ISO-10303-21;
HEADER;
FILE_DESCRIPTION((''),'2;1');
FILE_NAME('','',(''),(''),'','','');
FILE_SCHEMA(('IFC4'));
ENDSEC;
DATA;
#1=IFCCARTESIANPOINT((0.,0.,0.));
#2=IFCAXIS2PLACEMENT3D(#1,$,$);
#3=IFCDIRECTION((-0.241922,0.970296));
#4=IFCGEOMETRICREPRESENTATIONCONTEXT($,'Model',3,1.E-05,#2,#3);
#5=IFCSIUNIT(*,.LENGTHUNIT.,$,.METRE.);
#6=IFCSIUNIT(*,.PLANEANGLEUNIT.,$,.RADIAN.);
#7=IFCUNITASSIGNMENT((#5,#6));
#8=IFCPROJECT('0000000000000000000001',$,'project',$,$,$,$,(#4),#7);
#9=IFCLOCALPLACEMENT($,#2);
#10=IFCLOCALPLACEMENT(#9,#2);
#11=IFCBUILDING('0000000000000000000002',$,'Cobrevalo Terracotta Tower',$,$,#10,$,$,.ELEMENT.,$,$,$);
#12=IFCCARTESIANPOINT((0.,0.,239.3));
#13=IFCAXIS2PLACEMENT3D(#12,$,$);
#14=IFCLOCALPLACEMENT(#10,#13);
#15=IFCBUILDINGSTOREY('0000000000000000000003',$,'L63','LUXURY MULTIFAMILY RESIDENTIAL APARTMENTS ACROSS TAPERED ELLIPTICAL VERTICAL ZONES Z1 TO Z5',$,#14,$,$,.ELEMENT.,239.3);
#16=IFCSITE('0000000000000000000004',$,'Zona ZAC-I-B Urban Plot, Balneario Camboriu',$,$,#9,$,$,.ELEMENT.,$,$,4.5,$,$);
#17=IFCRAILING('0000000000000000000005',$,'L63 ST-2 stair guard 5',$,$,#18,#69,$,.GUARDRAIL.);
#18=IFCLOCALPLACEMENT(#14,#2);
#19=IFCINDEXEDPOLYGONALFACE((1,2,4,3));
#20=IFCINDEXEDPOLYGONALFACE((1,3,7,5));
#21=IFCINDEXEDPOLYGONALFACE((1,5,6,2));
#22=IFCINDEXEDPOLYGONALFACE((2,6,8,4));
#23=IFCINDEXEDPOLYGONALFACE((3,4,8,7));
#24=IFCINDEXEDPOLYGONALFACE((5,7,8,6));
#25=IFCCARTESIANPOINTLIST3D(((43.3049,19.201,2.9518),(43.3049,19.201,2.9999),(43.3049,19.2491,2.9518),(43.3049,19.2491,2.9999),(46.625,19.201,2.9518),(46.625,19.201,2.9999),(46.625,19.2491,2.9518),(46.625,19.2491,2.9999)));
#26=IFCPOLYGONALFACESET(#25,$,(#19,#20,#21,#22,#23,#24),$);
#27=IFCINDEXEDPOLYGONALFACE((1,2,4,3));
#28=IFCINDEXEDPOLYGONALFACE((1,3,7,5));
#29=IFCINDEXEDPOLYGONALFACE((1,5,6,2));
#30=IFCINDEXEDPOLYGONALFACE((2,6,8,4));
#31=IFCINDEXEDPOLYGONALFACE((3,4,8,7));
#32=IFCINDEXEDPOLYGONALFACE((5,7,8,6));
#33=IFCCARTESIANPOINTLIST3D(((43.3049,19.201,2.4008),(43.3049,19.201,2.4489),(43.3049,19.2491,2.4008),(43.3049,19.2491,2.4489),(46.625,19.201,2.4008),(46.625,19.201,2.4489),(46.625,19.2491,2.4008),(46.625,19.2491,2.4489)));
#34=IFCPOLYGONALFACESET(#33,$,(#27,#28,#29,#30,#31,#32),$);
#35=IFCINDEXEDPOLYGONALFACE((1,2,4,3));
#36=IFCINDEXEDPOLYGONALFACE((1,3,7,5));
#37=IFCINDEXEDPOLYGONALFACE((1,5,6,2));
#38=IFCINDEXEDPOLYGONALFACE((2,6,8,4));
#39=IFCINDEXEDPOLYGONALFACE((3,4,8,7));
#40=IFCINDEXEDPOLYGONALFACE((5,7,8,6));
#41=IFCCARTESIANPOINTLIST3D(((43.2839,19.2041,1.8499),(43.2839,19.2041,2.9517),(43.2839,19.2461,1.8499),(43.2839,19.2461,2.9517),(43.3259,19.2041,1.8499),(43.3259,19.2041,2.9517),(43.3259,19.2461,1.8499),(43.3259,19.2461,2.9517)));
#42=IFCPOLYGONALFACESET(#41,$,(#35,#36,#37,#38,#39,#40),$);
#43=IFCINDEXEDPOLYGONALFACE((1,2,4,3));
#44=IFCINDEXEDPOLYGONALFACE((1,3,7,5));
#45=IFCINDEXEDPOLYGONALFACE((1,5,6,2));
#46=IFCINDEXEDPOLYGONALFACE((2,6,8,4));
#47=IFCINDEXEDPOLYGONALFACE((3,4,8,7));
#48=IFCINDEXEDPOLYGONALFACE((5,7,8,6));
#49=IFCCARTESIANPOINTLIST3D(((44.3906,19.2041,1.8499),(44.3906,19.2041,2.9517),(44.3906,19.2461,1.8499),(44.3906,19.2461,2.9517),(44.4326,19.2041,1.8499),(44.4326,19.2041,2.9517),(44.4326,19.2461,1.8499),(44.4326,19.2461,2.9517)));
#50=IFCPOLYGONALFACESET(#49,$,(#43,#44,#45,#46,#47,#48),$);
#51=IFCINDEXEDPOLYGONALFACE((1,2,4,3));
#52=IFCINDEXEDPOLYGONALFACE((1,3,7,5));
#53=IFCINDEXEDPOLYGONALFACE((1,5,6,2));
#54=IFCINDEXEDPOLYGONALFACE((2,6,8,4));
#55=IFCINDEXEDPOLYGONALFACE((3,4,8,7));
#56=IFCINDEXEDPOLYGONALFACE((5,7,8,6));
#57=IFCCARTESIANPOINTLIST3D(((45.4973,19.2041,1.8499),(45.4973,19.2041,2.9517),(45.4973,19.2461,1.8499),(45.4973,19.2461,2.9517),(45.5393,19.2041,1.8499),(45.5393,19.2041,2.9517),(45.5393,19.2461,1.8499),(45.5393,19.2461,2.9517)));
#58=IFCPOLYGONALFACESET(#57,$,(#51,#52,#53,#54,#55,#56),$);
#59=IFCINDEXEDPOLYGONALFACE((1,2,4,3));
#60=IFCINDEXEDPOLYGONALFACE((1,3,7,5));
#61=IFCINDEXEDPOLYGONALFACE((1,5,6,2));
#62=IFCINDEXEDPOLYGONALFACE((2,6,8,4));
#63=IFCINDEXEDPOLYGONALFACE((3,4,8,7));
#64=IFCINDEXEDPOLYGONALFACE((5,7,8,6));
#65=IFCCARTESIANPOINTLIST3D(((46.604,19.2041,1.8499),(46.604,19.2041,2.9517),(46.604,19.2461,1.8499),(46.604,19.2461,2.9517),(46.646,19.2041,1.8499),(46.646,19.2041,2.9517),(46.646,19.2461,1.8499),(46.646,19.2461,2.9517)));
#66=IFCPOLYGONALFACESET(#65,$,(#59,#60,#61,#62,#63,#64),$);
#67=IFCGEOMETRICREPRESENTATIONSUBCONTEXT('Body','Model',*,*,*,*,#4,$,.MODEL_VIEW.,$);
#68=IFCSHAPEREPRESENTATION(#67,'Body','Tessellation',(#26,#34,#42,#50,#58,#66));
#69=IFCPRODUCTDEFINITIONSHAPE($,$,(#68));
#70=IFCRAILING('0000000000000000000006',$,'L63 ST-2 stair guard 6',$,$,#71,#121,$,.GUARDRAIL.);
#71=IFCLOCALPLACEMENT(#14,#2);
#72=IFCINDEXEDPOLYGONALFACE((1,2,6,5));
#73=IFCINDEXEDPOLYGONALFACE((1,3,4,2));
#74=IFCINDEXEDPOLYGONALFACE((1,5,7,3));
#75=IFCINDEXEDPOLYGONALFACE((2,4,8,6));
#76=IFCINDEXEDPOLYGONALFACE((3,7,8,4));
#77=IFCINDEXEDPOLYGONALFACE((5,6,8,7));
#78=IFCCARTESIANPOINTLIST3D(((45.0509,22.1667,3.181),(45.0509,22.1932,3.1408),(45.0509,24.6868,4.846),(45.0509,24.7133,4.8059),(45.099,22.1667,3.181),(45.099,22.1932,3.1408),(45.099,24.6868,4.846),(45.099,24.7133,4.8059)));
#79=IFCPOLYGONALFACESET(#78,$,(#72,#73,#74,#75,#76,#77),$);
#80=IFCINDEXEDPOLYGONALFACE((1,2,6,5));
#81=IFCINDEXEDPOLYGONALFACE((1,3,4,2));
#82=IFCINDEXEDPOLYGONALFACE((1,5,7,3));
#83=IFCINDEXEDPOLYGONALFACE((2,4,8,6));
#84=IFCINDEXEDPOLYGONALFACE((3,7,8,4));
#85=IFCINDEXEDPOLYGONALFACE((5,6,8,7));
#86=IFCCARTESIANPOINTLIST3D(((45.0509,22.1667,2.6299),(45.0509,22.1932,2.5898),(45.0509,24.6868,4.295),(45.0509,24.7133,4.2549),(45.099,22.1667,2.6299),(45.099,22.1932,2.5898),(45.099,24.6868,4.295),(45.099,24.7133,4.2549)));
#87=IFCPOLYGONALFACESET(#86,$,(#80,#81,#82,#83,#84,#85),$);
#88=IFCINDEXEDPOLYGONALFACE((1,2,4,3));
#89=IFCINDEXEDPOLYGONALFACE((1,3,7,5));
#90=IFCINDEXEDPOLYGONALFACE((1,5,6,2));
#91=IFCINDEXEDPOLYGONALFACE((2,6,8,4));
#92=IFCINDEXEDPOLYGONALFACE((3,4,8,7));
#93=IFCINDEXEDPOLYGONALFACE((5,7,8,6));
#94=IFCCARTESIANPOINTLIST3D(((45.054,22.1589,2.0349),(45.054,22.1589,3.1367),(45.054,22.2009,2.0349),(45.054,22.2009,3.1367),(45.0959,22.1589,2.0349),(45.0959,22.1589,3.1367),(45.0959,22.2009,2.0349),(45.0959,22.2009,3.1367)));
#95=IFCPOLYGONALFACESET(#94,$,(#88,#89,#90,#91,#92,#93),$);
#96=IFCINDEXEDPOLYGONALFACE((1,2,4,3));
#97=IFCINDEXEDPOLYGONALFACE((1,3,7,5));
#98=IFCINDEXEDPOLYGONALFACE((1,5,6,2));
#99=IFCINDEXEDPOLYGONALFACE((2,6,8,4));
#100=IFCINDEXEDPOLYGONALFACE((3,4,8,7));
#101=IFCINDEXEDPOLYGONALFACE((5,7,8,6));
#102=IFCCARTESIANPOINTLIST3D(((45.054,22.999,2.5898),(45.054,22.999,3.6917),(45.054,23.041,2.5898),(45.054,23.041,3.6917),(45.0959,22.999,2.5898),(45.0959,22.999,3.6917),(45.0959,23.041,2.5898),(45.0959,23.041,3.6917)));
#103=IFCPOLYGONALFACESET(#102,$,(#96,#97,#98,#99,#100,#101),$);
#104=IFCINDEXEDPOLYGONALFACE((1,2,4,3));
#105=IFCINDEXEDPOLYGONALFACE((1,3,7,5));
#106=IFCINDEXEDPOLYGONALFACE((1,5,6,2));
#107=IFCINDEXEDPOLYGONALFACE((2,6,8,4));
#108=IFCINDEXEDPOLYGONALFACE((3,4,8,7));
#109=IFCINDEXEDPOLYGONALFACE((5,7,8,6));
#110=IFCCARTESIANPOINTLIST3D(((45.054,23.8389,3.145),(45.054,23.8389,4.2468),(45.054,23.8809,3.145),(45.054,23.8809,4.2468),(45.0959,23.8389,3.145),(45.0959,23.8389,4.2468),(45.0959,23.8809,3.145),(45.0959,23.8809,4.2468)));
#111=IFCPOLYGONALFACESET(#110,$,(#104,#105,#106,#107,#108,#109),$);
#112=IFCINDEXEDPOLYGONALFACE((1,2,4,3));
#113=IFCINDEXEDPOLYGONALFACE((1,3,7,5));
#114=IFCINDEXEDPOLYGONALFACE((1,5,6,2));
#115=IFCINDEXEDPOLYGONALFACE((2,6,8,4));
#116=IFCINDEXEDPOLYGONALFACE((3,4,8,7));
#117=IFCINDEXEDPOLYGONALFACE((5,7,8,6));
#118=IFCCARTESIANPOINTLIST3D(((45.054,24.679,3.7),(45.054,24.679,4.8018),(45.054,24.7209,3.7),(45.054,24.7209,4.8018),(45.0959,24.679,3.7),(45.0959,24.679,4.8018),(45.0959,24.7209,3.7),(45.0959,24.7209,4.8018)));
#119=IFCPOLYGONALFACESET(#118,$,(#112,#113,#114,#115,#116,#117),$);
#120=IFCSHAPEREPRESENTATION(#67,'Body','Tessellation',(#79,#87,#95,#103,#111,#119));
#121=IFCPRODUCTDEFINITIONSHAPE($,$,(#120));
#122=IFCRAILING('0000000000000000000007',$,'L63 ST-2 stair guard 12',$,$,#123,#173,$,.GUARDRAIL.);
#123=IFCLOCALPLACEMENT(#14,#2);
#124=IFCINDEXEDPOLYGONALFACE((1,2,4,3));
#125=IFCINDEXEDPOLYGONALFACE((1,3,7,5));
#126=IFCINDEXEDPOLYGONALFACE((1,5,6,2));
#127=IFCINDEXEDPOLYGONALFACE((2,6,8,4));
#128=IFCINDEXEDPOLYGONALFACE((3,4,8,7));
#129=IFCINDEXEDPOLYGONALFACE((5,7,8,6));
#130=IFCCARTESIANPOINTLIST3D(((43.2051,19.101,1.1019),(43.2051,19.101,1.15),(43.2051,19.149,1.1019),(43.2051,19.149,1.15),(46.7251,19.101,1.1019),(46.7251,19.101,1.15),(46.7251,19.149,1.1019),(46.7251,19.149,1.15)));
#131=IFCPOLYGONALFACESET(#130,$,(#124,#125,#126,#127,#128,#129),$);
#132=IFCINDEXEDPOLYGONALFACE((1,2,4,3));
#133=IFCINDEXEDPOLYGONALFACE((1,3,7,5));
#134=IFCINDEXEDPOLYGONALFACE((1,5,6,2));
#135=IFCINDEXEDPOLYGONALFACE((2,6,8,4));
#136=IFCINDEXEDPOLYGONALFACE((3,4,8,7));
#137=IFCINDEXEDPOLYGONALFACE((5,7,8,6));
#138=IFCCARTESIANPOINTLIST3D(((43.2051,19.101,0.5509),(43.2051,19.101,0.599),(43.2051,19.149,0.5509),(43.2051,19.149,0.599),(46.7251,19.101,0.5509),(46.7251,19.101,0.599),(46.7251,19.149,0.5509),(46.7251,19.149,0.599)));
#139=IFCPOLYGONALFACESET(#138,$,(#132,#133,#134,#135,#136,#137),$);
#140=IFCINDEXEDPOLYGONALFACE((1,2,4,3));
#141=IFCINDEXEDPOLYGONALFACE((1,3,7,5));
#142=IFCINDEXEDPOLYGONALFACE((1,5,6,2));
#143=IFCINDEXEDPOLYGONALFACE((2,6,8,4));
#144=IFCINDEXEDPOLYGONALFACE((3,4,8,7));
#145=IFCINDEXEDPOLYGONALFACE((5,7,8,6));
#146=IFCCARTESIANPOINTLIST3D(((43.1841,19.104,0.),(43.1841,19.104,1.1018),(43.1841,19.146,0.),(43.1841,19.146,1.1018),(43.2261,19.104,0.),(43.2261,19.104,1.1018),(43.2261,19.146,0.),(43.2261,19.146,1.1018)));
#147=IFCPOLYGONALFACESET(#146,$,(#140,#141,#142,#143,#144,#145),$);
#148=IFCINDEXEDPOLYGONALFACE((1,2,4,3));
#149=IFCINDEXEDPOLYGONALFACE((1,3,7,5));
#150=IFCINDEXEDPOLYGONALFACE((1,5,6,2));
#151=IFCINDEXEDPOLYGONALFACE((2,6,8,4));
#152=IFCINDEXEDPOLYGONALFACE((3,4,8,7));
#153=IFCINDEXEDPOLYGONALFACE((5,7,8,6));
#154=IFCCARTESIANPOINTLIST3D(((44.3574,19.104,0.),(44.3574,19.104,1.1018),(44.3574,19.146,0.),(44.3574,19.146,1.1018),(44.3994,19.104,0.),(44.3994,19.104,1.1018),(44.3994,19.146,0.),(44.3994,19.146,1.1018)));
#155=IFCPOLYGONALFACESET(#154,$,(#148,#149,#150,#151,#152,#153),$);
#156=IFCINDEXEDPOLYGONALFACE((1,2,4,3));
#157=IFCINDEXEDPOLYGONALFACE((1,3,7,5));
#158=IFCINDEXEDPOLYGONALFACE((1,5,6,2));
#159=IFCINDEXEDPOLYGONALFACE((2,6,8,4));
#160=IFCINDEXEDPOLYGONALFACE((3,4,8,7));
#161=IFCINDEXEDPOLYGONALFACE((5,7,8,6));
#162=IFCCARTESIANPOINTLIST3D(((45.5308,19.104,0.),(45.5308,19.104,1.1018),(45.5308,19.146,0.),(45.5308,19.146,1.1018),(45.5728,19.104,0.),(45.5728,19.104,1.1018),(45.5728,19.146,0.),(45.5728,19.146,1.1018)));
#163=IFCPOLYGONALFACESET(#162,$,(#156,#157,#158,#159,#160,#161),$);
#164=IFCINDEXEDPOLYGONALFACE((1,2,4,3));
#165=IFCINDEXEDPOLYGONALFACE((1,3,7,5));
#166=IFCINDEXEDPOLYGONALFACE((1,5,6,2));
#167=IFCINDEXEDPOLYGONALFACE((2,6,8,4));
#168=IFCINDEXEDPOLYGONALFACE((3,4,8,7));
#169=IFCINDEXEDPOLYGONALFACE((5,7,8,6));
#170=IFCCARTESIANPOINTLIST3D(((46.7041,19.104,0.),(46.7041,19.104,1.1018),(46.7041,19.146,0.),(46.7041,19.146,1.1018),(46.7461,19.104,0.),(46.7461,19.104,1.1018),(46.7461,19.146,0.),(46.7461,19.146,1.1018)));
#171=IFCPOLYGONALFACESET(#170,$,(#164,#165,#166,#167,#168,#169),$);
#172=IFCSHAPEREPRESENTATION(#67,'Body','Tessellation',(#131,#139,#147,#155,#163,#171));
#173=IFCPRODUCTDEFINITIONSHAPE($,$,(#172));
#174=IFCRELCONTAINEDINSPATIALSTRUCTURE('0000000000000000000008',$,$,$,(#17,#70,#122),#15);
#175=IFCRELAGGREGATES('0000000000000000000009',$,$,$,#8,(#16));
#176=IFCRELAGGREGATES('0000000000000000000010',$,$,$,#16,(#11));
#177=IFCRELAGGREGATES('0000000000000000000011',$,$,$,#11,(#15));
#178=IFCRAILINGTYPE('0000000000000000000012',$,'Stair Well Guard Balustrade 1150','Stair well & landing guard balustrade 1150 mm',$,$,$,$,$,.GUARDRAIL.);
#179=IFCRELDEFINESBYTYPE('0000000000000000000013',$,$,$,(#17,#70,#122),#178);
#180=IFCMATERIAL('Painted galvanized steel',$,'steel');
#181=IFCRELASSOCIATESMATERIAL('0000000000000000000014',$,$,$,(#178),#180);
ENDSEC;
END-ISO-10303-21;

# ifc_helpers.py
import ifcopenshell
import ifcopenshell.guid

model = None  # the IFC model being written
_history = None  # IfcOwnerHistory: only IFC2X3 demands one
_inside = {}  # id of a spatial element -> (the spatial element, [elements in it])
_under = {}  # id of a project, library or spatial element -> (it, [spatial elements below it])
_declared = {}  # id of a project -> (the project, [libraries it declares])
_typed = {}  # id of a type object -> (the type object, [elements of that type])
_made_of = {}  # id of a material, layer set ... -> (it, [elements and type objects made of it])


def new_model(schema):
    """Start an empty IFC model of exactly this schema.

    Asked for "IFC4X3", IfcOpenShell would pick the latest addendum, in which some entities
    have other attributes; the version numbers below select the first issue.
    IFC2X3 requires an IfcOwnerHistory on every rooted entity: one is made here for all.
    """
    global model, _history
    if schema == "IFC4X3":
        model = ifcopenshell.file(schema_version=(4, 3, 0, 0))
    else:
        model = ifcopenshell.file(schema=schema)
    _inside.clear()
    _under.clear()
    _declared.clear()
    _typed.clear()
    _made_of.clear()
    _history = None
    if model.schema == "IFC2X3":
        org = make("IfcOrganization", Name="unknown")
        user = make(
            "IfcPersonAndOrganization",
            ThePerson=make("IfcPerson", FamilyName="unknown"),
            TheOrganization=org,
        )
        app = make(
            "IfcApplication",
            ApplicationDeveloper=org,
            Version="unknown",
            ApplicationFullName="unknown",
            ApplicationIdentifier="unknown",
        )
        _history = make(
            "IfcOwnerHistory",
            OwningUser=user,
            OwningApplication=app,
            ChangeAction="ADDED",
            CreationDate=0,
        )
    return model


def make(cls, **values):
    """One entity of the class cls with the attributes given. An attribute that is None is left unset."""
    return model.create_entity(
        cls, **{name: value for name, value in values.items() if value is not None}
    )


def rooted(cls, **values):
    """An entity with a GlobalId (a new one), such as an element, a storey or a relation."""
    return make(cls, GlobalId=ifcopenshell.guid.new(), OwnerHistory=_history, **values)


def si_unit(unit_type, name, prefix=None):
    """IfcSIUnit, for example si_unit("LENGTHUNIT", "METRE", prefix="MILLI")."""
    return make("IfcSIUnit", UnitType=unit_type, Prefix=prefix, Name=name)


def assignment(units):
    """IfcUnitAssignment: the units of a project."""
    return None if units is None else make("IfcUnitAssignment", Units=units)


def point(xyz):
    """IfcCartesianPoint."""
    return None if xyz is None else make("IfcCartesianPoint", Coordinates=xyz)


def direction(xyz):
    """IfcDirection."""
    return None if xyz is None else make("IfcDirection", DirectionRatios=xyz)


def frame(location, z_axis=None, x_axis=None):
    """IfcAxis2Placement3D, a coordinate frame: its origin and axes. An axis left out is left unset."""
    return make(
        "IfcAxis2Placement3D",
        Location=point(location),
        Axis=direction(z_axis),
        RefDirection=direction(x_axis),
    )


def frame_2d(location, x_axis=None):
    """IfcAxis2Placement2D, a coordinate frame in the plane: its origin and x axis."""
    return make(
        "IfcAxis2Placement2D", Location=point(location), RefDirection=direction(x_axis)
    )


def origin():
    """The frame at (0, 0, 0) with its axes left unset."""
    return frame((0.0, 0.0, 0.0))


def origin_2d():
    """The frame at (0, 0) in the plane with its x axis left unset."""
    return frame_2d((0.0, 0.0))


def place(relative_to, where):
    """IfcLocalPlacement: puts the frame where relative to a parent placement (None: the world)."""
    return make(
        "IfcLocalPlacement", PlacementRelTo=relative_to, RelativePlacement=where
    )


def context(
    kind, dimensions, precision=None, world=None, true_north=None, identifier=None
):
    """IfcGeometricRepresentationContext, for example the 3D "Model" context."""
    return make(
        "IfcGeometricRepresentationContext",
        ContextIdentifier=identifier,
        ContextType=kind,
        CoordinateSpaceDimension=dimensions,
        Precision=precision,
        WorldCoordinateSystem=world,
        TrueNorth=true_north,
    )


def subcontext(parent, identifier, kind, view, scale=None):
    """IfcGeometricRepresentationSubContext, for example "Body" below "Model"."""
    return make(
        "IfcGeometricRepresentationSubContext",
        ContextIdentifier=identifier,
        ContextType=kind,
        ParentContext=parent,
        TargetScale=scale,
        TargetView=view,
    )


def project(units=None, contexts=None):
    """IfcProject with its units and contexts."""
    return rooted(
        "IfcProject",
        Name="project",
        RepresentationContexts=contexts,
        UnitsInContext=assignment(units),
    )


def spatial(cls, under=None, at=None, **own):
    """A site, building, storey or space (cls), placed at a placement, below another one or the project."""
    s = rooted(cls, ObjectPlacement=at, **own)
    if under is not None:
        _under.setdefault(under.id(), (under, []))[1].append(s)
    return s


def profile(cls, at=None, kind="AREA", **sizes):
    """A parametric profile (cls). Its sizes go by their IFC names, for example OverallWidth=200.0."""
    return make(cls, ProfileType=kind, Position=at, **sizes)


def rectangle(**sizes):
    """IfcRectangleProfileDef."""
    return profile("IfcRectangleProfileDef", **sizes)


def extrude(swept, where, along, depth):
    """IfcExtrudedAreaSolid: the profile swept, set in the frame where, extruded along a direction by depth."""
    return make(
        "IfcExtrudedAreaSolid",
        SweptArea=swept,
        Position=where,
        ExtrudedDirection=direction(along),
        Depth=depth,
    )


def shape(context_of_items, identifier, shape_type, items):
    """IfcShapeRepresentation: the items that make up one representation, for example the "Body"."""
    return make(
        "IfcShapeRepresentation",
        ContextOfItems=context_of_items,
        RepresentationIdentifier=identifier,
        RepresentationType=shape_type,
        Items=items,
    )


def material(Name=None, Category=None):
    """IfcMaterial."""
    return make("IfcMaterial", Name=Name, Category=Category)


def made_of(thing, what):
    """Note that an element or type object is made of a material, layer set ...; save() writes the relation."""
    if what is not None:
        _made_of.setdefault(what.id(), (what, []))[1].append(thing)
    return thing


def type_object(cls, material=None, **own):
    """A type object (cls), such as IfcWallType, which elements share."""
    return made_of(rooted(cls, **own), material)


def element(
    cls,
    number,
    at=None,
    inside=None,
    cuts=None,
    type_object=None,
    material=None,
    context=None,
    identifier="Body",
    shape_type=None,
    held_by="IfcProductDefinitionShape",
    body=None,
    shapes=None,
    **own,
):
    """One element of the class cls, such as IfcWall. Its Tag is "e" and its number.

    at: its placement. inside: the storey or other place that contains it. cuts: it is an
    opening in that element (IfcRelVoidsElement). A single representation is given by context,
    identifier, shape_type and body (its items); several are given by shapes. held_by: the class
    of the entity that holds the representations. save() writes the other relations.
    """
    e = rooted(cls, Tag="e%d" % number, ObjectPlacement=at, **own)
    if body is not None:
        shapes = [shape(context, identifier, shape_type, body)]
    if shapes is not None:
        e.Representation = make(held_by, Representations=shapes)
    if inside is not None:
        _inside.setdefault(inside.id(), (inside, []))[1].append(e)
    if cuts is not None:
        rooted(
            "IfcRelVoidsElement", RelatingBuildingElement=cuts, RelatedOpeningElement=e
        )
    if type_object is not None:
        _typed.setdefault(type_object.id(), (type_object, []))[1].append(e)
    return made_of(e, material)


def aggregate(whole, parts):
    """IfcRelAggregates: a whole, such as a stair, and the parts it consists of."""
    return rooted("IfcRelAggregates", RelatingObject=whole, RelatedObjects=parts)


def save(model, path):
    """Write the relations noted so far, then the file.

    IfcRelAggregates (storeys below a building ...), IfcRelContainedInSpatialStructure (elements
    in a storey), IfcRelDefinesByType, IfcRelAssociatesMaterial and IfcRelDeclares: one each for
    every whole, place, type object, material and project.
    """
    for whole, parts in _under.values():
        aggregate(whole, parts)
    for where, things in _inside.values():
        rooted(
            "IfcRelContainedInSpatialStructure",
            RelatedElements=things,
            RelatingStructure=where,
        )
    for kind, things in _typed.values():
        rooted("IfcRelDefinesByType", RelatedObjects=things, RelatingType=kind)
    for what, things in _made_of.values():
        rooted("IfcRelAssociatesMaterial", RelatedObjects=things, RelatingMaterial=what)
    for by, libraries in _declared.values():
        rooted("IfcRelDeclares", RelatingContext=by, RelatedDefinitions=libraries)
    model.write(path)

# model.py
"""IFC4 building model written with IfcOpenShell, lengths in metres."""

from ifc_helpers import new_model, si_unit, direction, frame, origin, origin_2d, place, context, subcontext, project, spatial, rectangle, extrude, material, type_object, element, save


model = new_model("IFC4")

# Units and contexts
model_context = context("Model", 3, precision=1e-05, world=origin(), true_north=direction((-0.241922, 0.970296)))
body_context = subcontext(model_context, "Body", "Model", "MODEL_VIEW")
ifc_project = project(units=[si_unit("LENGTHUNIT", "METRE"), si_unit("PLANEANGLEUNIT", "RADIAN")], contexts=[model_context])

# Site, building, storey
site_placement = place(None, origin())
site = spatial("IfcSite", under=ifc_project, at=site_placement, Name="Zona ZAC-I-B Urban Plot, Balneario Camboriu", CompositionType="ELEMENT", RefElevation=4.5)
building_placement = place(site_placement, origin())
building = spatial("IfcBuilding", under=site, at=building_placement, Name="Cobrevalo Terracotta Tower", CompositionType="ELEMENT")
storey_placement = place(building_placement, frame((0.0, 0.0, 239.3)))
storey = spatial("IfcBuildingStorey", under=building, at=storey_placement, Name="L63", Description="LUXURY MULTIFAMILY RESIDENTIAL APARTMENTS ACROSS TAPERED ELLIPTICAL VERTICAL ZONES Z1 TO Z5", CompositionType="ELEMENT", Elevation=239.3)

# Railings
ifc_material_1 = material(Name="Painted galvanized steel", Category="steel")
railing_type_1 = type_object("IfcRailingType", Name="Stair Well Guard Balustrade 1150", Description="Stair well & landing guard balustrade 1150 mm", PredefinedType="GUARDRAIL", material=ifc_material_1)
railing_1_placement = place(storey_placement, frame((43.3049, 19.2251, 1.8499)))
element("IfcRailing", 1, at=railing_1_placement, inside=storey, type_object=railing_type_1, Name="L63 ST-2 stair guard 5", PredefinedType="GUARDRAIL", context=body_context, shape_type="SweptSolid", body=[
    extrude(rectangle(XDim=0.0481, YDim=0.0481, at=origin_2d()), frame((0.0, 0.0, 1.126), z_axis=(1.0, 0.0, 0.0), x_axis=(0.0, 1.0, 0.0)), (0.0, 0.0, 1.0), 3.3201),
    extrude(rectangle(XDim=0.0481, YDim=0.0481, at=origin_2d()), frame((0.0, 0.0, 0.575), z_axis=(1.0, 0.0, 0.0), x_axis=(0.0, 1.0, 0.0)), (0.0, 0.0, 1.0), 3.3201),
    extrude(rectangle(XDim=0.042, YDim=0.042, at=origin_2d()), origin(), (0.0, 0.0, 1.0), 1.1018),
    extrude(rectangle(XDim=0.042, YDim=0.042, at=origin_2d()), frame((1.1067, 0.0, 0.0)), (0.0, 0.0, 1.0), 1.1018),
    extrude(rectangle(XDim=0.042, YDim=0.042, at=origin_2d()), frame((2.2134, 0.0, 0.0)), (0.0, 0.0, 1.0), 1.1018),
    extrude(rectangle(XDim=0.042, YDim=0.042, at=origin_2d()), frame((3.3201, 0.0, 0.0)), (0.0, 0.0, 1.0), 1.1018),
])
railing_2_placement = place(storey_placement, frame((45.075, 22.1799, 2.0349)))
element("IfcRailing", 2, at=railing_2_placement, inside=storey, type_object=railing_type_1, Name="L63 ST-2 stair guard 6", PredefinedType="GUARDRAIL", context=body_context, shape_type="SweptSolid", body=[
    extrude(rectangle(XDim=0.0481, YDim=0.0481, at=origin_2d()), frame((0.0, 0.0, 1.126), z_axis=(0.0, 0.834331, 0.551263), x_axis=(-1.0, 0.0, 0.0)), (0.0, 0.0, 1.0), 3.0205),
    extrude(rectangle(XDim=0.0481, YDim=0.0481, at=origin_2d()), frame((0.0, 0.0, 0.575), z_axis=(0.0, 0.834331, 0.551263), x_axis=(-1.0, 0.0, 0.0)), (0.0, 0.0, 1.0), 3.0205),
    extrude(rectangle(XDim=0.042, YDim=0.042, at=origin_2d()), origin(), (0.0, 0.0, 1.0), 1.1018),
    extrude(rectangle(XDim=0.042, YDim=0.042, at=origin_2d()), frame((0.0, 0.8401, 0.5549)), (0.0, 0.0, 1.0), 1.1018),
    extrude(rectangle(XDim=0.042, YDim=0.042, at=origin_2d()), frame((0.0, 1.6799, 1.1101)), (0.0, 0.0, 1.0), 1.1018),
    extrude(rectangle(XDim=0.042, YDim=0.042, at=origin_2d()), frame((0.0, 2.52, 1.665)), (0.0, 0.0, 1.0), 1.1018),
])
railing_3_placement = place(storey_placement, frame((43.2051, 19.125, 0.0)))
element("IfcRailing", 3, at=railing_3_placement, inside=storey, type_object=railing_type_1, Name="L63 ST-2 stair guard 12", PredefinedType="GUARDRAIL", context=body_context, shape_type="SweptSolid", body=[
    extrude(rectangle(XDim=0.0481, YDim=0.0481, at=origin_2d()), frame((0.0, 0.0, 1.126), z_axis=(1.0, 0.0, 0.0), x_axis=(0.0, 1.0, 0.0)), (0.0, 0.0, 1.0), 3.52),
    extrude(rectangle(XDim=0.0481, YDim=0.0481, at=origin_2d()), frame((0.0, 0.0, 0.575), z_axis=(1.0, 0.0, 0.0), x_axis=(0.0, 1.0, 0.0)), (0.0, 0.0, 1.0), 3.52),
    extrude(rectangle(XDim=0.042, YDim=0.042, at=origin_2d()), origin(), (0.0, 0.0, 1.0), 1.1018),
    extrude(rectangle(XDim=0.042, YDim=0.042, at=origin_2d()), frame((1.1733, 0.0, 0.0)), (0.0, 0.0, 1.0), 1.1018),
    extrude(rectangle(XDim=0.042, YDim=0.042, at=origin_2d()), frame((2.3467, 0.0, 0.0)), (0.0, 0.0, 1.0), 1.1018),
    extrude(rectangle(XDim=0.042, YDim=0.042, at=origin_2d()), frame((3.52, 0.0, 0.0)), (0.0, 0.0, 1.0), 1.1018),
])

save(model, "model.ifc")
